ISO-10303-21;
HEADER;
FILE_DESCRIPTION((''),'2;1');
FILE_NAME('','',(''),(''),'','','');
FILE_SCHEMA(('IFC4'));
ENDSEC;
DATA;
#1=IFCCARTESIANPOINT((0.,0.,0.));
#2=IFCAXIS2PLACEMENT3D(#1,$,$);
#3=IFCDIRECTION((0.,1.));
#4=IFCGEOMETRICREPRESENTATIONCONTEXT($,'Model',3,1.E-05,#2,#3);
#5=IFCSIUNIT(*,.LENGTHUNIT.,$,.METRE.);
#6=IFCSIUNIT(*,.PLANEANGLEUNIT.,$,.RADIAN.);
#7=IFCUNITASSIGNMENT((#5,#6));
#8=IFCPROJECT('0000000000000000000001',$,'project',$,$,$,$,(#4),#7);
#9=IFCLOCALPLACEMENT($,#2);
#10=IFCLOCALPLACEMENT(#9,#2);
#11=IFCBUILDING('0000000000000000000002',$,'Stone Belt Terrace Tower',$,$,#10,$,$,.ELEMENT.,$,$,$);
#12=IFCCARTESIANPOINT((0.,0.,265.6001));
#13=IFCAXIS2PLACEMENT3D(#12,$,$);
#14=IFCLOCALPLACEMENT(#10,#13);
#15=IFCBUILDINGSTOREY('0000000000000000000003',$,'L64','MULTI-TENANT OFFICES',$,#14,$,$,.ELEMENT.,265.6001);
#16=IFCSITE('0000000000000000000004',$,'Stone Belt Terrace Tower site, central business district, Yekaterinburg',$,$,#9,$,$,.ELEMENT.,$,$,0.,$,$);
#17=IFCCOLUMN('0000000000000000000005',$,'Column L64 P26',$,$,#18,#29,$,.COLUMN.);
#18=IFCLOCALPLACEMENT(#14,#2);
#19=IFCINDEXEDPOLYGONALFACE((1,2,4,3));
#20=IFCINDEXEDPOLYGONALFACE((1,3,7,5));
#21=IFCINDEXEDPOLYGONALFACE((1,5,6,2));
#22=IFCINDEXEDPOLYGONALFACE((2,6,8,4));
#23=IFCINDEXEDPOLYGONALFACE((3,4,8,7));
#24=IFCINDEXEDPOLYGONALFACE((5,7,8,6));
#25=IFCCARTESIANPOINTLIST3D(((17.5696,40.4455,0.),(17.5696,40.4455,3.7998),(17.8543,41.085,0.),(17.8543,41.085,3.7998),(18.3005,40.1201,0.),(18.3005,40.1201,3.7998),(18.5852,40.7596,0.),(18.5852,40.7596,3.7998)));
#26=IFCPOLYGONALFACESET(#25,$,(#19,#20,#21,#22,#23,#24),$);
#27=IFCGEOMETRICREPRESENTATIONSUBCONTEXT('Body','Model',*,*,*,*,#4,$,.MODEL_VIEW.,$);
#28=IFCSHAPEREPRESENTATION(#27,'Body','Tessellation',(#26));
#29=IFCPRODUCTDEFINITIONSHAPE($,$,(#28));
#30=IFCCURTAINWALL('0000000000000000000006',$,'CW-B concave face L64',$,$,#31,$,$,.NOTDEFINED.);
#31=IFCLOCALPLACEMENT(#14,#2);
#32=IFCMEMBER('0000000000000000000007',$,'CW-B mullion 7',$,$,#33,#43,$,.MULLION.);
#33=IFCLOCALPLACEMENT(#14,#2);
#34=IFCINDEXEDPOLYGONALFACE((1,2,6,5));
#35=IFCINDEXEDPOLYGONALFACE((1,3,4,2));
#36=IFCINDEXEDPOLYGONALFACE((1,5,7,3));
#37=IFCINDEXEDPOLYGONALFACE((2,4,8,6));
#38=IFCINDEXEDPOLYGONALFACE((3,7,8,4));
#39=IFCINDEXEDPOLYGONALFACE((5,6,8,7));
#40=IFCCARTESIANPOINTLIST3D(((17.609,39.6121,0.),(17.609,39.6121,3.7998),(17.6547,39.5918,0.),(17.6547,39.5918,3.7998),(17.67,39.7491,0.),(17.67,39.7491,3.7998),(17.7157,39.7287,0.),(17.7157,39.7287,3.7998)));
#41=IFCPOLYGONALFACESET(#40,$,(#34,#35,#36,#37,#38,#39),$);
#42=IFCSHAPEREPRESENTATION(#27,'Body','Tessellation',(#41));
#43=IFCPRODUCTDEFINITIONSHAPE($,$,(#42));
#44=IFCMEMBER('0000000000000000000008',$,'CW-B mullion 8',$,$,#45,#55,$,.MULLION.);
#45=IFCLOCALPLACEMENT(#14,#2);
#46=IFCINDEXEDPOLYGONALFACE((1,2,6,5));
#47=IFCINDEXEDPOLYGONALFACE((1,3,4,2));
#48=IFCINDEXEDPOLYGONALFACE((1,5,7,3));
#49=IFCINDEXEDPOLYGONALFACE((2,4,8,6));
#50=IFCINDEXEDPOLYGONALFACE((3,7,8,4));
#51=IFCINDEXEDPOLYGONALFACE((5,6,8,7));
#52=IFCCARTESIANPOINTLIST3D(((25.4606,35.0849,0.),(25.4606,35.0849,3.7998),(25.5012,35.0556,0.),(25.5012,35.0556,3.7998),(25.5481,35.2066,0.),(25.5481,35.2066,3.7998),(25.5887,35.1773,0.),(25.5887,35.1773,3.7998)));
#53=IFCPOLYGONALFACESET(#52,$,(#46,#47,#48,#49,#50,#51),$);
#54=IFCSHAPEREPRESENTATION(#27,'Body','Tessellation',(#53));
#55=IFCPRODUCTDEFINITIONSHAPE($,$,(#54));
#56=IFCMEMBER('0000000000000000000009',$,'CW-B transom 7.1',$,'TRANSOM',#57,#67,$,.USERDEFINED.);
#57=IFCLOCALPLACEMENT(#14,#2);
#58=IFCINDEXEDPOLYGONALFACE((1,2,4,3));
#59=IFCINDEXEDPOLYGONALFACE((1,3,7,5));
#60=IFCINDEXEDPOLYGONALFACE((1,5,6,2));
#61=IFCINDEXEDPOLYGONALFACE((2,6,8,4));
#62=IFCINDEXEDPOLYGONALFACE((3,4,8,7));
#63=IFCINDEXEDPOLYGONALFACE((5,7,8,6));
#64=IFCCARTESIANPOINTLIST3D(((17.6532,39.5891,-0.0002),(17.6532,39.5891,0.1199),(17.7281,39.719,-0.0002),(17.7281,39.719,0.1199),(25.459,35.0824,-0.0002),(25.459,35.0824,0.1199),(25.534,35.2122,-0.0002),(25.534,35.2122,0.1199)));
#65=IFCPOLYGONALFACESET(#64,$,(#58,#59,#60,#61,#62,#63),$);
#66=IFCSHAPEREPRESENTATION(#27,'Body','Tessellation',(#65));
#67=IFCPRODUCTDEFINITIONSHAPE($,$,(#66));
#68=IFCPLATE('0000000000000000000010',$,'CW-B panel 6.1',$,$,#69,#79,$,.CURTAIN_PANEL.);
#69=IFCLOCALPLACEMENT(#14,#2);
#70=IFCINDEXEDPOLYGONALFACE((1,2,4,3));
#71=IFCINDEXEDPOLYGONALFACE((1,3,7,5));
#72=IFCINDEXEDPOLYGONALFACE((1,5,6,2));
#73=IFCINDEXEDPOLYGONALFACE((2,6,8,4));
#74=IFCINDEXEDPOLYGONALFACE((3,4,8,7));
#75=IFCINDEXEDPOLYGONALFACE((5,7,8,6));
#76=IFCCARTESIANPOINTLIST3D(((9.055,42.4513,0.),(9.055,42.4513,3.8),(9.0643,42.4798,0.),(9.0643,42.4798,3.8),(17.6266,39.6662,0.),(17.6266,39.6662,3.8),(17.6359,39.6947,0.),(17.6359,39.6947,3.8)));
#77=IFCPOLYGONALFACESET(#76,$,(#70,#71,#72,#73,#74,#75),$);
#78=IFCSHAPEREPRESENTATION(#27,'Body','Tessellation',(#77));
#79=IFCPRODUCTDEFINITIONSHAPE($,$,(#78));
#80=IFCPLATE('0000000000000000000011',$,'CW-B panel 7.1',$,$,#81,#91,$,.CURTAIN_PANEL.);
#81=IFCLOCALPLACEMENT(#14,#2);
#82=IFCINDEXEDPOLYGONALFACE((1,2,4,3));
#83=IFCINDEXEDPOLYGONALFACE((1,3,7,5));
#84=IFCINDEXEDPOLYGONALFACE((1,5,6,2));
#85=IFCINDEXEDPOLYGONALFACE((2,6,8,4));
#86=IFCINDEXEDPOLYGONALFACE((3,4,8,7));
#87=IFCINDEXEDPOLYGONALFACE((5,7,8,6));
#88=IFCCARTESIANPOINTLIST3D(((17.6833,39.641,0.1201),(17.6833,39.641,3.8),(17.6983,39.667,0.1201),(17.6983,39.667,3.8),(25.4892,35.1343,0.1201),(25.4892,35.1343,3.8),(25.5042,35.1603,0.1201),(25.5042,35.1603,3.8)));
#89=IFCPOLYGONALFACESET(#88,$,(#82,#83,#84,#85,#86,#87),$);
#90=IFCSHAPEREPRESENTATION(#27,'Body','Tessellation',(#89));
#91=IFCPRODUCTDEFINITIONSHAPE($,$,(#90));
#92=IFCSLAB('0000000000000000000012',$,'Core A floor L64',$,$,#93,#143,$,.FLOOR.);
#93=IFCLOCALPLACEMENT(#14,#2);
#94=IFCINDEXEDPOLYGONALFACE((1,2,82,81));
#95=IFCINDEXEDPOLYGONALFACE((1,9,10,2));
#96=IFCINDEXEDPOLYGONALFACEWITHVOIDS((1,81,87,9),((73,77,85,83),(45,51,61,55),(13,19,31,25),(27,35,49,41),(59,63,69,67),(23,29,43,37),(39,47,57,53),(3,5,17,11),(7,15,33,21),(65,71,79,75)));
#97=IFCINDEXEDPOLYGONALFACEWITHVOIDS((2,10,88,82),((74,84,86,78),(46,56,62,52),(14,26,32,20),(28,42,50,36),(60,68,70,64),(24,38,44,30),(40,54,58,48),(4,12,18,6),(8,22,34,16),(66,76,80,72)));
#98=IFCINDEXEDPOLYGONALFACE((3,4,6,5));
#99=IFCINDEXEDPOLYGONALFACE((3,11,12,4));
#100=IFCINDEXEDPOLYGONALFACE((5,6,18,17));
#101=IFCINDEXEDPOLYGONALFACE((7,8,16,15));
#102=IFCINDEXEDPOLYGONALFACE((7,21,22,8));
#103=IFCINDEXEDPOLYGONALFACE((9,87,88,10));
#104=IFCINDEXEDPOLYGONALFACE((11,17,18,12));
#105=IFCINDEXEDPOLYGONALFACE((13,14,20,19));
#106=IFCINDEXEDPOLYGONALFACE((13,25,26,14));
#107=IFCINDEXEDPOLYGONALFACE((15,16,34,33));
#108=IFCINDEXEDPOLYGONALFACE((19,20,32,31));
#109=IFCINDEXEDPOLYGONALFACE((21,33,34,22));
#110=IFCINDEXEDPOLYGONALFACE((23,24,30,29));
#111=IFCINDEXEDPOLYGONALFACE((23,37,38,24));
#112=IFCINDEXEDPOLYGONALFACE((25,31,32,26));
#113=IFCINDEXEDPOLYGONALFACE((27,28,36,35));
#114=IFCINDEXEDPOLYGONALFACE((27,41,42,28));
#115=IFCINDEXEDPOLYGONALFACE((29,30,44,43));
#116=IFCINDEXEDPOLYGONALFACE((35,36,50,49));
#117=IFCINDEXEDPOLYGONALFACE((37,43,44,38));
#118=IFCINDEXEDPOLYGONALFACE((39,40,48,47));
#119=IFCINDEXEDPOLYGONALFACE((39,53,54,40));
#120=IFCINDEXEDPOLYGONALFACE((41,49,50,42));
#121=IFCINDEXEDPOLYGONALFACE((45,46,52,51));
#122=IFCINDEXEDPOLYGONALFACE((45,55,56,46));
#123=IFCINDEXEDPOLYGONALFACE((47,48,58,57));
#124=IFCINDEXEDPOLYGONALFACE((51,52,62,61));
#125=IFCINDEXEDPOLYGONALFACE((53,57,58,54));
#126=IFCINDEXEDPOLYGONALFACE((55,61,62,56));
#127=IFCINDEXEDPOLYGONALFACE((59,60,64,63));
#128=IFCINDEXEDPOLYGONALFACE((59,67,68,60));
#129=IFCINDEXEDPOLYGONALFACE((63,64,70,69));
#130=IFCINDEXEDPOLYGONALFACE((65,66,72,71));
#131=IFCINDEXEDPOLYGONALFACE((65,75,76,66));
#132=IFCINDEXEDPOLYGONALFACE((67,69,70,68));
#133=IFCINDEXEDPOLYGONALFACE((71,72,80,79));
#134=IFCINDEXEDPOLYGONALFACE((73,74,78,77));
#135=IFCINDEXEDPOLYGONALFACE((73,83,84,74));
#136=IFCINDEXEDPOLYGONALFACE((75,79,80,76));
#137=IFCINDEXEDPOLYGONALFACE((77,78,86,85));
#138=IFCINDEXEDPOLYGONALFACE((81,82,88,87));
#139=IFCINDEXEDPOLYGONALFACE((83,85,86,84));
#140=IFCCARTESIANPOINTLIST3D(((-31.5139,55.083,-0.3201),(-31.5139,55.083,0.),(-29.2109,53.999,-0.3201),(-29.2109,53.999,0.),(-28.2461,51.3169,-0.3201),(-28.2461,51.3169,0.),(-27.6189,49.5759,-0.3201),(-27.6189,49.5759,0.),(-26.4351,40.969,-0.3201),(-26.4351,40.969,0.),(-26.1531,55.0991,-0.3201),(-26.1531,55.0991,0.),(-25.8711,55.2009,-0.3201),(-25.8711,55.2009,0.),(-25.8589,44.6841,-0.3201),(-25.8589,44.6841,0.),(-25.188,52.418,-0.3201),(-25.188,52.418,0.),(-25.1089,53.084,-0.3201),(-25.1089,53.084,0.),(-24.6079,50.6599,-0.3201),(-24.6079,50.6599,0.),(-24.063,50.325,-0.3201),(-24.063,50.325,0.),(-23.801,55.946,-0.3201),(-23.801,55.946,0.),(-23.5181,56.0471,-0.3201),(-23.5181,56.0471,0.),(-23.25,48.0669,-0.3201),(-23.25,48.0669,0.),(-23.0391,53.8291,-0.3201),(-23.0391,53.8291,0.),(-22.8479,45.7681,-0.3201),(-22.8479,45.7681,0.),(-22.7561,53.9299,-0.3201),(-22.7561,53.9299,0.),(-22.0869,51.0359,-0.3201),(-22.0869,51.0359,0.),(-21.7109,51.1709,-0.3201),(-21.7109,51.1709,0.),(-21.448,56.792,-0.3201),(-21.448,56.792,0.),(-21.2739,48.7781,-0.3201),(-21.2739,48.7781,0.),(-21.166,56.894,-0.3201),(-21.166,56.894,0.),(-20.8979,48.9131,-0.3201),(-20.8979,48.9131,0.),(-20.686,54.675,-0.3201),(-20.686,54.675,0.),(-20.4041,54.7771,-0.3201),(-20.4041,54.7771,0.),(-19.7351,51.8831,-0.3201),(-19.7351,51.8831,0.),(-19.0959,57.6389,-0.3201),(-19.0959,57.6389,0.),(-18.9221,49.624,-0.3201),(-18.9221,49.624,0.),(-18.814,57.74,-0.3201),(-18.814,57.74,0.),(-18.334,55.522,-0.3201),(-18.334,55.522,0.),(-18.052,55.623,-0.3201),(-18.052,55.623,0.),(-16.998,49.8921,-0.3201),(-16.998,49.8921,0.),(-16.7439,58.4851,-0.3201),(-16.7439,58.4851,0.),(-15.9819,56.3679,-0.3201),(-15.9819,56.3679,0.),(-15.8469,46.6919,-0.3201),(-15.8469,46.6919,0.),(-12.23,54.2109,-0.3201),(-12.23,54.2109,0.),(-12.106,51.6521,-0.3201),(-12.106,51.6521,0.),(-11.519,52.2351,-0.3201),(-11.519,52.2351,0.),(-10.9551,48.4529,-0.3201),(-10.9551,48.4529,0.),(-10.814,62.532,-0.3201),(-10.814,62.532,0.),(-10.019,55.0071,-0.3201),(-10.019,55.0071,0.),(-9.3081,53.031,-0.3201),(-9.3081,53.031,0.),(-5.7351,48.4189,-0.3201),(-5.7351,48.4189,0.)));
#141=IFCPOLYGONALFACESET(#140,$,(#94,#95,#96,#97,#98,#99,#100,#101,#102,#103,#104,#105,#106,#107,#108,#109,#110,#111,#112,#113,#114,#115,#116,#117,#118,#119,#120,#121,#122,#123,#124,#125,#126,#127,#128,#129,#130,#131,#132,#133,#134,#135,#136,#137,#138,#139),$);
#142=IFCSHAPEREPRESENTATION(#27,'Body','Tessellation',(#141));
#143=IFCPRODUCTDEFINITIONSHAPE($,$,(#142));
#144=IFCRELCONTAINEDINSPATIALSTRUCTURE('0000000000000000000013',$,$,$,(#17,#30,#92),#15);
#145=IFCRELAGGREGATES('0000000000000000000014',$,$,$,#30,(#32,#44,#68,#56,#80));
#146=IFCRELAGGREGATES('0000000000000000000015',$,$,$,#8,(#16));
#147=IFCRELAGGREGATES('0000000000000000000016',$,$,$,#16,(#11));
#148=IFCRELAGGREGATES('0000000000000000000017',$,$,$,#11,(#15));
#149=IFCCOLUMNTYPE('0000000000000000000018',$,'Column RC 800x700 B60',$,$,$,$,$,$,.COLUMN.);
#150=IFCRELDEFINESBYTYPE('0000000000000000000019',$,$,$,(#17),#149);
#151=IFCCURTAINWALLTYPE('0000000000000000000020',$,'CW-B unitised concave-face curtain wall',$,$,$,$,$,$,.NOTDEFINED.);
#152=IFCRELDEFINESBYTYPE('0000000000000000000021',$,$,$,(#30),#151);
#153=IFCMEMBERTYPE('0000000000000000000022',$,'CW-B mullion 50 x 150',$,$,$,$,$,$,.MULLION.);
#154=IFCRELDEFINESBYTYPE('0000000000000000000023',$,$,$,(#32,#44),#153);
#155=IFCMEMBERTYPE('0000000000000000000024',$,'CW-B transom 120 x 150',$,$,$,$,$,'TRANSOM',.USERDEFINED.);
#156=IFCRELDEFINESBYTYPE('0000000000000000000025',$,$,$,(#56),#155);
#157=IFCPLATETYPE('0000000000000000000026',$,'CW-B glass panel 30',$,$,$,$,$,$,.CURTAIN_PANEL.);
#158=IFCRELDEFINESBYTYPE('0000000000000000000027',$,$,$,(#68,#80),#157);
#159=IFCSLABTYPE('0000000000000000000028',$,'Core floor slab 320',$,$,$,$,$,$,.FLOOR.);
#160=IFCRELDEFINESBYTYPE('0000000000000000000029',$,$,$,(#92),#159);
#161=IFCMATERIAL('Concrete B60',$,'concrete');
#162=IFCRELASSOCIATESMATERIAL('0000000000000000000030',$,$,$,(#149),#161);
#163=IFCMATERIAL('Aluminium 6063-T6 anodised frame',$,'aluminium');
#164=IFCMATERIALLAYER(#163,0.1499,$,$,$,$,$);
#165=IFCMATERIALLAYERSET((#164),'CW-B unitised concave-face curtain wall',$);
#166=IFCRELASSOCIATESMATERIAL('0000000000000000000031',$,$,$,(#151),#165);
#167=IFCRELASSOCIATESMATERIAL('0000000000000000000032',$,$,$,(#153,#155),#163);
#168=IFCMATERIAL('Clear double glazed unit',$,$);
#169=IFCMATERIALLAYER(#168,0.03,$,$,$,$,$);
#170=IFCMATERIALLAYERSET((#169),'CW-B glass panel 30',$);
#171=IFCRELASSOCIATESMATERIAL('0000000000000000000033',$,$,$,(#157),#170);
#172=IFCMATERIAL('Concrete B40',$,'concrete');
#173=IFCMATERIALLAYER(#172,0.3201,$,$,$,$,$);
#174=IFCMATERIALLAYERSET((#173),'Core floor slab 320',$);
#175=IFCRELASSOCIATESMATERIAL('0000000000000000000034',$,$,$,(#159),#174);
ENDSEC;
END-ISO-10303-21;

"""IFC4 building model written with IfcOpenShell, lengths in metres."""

from ifc_helpers import new_model, si_unit, direction, frame, origin, origin_2d, place, context, subcontext, project, spatial, polyline, rectangle, outline, extrude, material, layer, layer_set, material_profile, profile_set, type_object, element, aggregate, save


model = new_model("IFC4")

# Units and contexts
model_context = context("Model", 3, precision=1e-05, world=origin(), true_north=direction((0.0, 1.0)))
body_context = subcontext(model_context, "Body", "Model", "MODEL_VIEW")
ifc_project = project(units=[si_unit("LENGTHUNIT", "METRE"), si_unit("PLANEANGLEUNIT", "RADIAN")], contexts=[model_context])

# Site, building, storey
site_placement = place(None, origin())
site = spatial("IfcSite", under=ifc_project, at=site_placement, Name="Stone Belt Terrace Tower site, central business district, Yekaterinburg", CompositionType="ELEMENT", RefElevation=0.0)
building_placement = place(site_placement, origin())
building = spatial("IfcBuilding", under=site, at=building_placement, Name="Stone Belt Terrace Tower", CompositionType="ELEMENT")
storey_placement = place(building_placement, frame((0.0, 0.0, 265.6001)))
storey = spatial("IfcBuildingStorey", under=building, at=storey_placement, Name="L64", Description="MULTI-TENANT OFFICES", CompositionType="ELEMENT", Elevation=265.6001)

# Column
ifc_material_1 = material(Name="Concrete B60", Category="concrete")
ifc_material_profile_1 = material_profile(ifc_material_1, rectangle(XDim=0.8, YDim=0.7, at=origin_2d()), Name="RC 800x700")
ifc_profile_set_1 = profile_set([ifc_material_profile_1], Name="Concrete B60")
column_type = type_object("IfcColumnType", Name="Column RC 800x700 B60", PredefinedType="COLUMN", material=ifc_profile_set_1)
column_placement = place(storey_placement, frame((18.0774, 40.6025, 0.0), z_axis=(0.0, 0.0, 1.0), x_axis=(0.913545, -0.406737, 0.0)))
element("IfcColumn", 1, at=column_placement, inside=storey, type_object=column_type, Name="Column L64 P26", PredefinedType="COLUMN", context=body_context, shape_type="SweptSolid", body=[
    extrude(rectangle(XDim=0.8, YDim=0.7, at=origin_2d()), origin(), (0.0, 0.0, 1.0), 3.7998),
])

# Curtain wall, members, plates
ifc_material_2 = material(Name="Aluminium 6063-T6 anodised frame", Category="aluminium")
ifc_layer_1 = layer(ifc_material_2, 0.1499)
ifc_layer_set_1 = layer_set([ifc_layer_1], Name="CW-B unitised concave-face curtain wall")
curtain_wall_type = type_object("IfcCurtainWallType", Name="CW-B unitised concave-face curtain wall", PredefinedType="NOTDEFINED", material=ifc_layer_set_1)
curtain_wall_placement = place(storey_placement, origin())
curtain_wall = element("IfcCurtainWall", 2, at=curtain_wall_placement, inside=storey, type_object=curtain_wall_type, Name="CW-B concave face L64", PredefinedType="NOTDEFINED")
ifc_material_profile_2 = material_profile(ifc_material_2, rectangle(XDim=0.1499, YDim=0.05, at=origin_2d()), Name="Aluminium 6063-T6 50x150")
ifc_profile_set_2 = profile_set([ifc_material_profile_2], Name="Aluminium 6063-T6 anodised frame")
member_type_1 = type_object("IfcMemberType", Name="CW-B mullion 50 x 150", PredefinedType="MULLION", material=ifc_profile_set_2)
member_1_placement = place(storey_placement, frame((17.6624, 39.6704, 0.0), z_axis=(0.0, 0.0, 1.0), x_axis=(0.406737, 0.913545, 0.0)))
member_1 = element("IfcMember", 3, at=member_1_placement, type_object=member_type_1, Name="CW-B mullion 7", PredefinedType="MULLION", context=body_context, shape_type="SweptSolid", body=[
    extrude(rectangle(XDim=0.1499, YDim=0.05, at=origin_2d()), origin(), (0.0, 0.0, 1.0), 3.7998),
])
member_2_placement = place(storey_placement, frame((25.5247, 35.1311, 0.0), z_axis=(0.0, 0.0, 1.0), x_axis=(0.583819, 0.811884, 0.0)))
member_2 = element("IfcMember", 4, at=member_2_placement, type_object=member_type_1, Name="CW-B mullion 8", PredefinedType="MULLION", context=body_context, shape_type="SweptSolid", body=[
    extrude(rectangle(XDim=0.1499, YDim=0.05, at=origin_2d()), origin(), (0.0, 0.0, 1.0), 3.7998),
])
ifc_material_profile_3 = material_profile(ifc_material_2, rectangle(XDim=0.1499, YDim=0.1201, at=origin_2d()), Name="Aluminium 6063-T6 150x120")
ifc_profile_set_3 = profile_set([ifc_material_profile_3], Name="Aluminium 6063-T6 anodised frame")
member_type_2 = type_object("IfcMemberType", Name="CW-B transom 120 x 150", ElementType="TRANSOM", PredefinedType="USERDEFINED", material=ifc_profile_set_3)
member_3_placement = place(storey_placement, frame((17.6907, 39.6541, 0.0598), z_axis=(0.866021, -0.500008, 0.0), x_axis=(0.500008, 0.866021, 0.0)))
member_3 = element("IfcMember", 5, at=member_3_placement, type_object=member_type_2, Name="CW-B transom 7.1", ObjectType="TRANSOM", PredefinedType="USERDEFINED", context=body_context, shape_type="SweptSolid", body=[
    extrude(rectangle(XDim=0.1499, YDim=0.1201, at=origin_2d()), origin(), (0.0, 0.0, 1.0), 9.0134),
])
ifc_material_3 = material(Name="Clear double glazed unit")
ifc_layer_2 = layer(ifc_material_3, 0.03)
ifc_layer_set_2 = layer_set([ifc_layer_2], Name="CW-B glass panel 30")
plate_type = type_object("IfcPlateType", Name="CW-B glass panel 30", PredefinedType="CURTAIN_PANEL", material=ifc_layer_set_2)
plate_1_placement = place(storey_placement, frame((13.3455, 41.073, 0.0), z_axis=(0.0, 0.0, 1.0), x_axis=(0.951057, -0.309017, 0.0)))
plate_1 = element("IfcPlate", 6, at=plate_1_placement, type_object=plate_type, Name="CW-B panel 6.1", PredefinedType="CURTAIN_PANEL", context=body_context, shape_type="SweptSolid", body=[
    extrude(rectangle(XDim=9.0127, YDim=0.03, at=origin_2d()), origin(), (0.0, 0.0, 1.0), 3.8),
])
plate_2_placement = place(storey_placement, frame((21.5938, 37.4006, 0.1201), z_axis=(0.0, 0.0, 1.0), x_axis=(0.866025, -0.5, 0.0)))
plate_2 = element("IfcPlate", 7, at=plate_2_placement, type_object=plate_type, Name="CW-B panel 7.1", PredefinedType="CURTAIN_PANEL", context=body_context, shape_type="SweptSolid", body=[
    extrude(rectangle(XDim=9.0134, YDim=0.03, at=origin_2d()), origin(), (0.0, 0.0, 1.0), 3.6799),
])
aggregate(curtain_wall, [member_1, member_2, plate_1, member_3, plate_2])

# Slab
ifc_material_4 = material(Name="Concrete B40", Category="concrete")
ifc_layer_3 = layer(ifc_material_4, 0.3201)
ifc_layer_set_3 = layer_set([ifc_layer_3], Name="Core floor slab 320")
slab_type_1 = type_object("IfcSlabType", Name="Core floor slab 320", PredefinedType="FLOOR", material=ifc_layer_set_3)
slab_1_placement = place(storey_placement, frame((0.0, 0.0, -0.3201)))
element("IfcSlab", 8, at=slab_1_placement, inside=storey, type_object=slab_type_1, Name="Core A floor L64", PredefinedType="FLOOR", context=body_context, shape_type="SweptSolid", body=[
    extrude(outline(polyline([(-26.4351, 40.969), (-5.7351, 48.4189), (-10.814, 62.532), (-31.5139, 55.083), (-26.4351, 40.969)]), holes=[polyline([(-24.6079, 50.6599), (-22.8479, 45.7681), (-25.8589, 44.6841), (-27.6189, 49.5759), (-24.6079, 50.6599)]), polyline([(-10.9551, 48.4529), (-15.8469, 46.6919), (-16.998, 49.8921), (-12.106, 51.6521), (-10.9551, 48.4529)]), polyline([(-22.0869, 51.0359), (-21.2739, 48.7781), (-23.25, 48.0669), (-24.063, 50.325), (-22.0869, 51.0359)]), polyline([(-18.9221, 49.624), (-20.8979, 48.9131), (-21.7109, 51.1709), (-19.7351, 51.8831), (-18.9221, 49.624)]), polyline([(-29.2109, 53.999), (-26.1531, 55.0991), (-25.188, 52.418), (-28.2461, 51.3169), (-29.2109, 53.999)]), polyline([(-10.019, 55.0071), (-9.3081, 53.031), (-11.519, 52.2351), (-12.23, 54.2109), (-10.019, 55.0071)]), polyline([(-25.8711, 55.2009), (-23.801, 55.946), (-23.0391, 53.8291), (-25.1089, 53.084), (-25.8711, 55.2009)]), polyline([(-23.5181, 56.0471), (-21.448, 56.792), (-20.686, 54.675), (-22.7561, 53.9299), (-23.5181, 56.0471)]), polyline([(-19.0959, 57.6389), (-18.334, 55.522), (-20.4041, 54.7771), (-21.166, 56.894), (-19.0959, 57.6389)]), polyline([(-16.7439, 58.4851), (-15.9819, 56.3679), (-18.052, 55.623), (-18.814, 57.74), (-16.7439, 58.4851)])]), origin(), (0.0, 0.0, 1.0), 0.3201),
])

save(model, "model.ifc")
